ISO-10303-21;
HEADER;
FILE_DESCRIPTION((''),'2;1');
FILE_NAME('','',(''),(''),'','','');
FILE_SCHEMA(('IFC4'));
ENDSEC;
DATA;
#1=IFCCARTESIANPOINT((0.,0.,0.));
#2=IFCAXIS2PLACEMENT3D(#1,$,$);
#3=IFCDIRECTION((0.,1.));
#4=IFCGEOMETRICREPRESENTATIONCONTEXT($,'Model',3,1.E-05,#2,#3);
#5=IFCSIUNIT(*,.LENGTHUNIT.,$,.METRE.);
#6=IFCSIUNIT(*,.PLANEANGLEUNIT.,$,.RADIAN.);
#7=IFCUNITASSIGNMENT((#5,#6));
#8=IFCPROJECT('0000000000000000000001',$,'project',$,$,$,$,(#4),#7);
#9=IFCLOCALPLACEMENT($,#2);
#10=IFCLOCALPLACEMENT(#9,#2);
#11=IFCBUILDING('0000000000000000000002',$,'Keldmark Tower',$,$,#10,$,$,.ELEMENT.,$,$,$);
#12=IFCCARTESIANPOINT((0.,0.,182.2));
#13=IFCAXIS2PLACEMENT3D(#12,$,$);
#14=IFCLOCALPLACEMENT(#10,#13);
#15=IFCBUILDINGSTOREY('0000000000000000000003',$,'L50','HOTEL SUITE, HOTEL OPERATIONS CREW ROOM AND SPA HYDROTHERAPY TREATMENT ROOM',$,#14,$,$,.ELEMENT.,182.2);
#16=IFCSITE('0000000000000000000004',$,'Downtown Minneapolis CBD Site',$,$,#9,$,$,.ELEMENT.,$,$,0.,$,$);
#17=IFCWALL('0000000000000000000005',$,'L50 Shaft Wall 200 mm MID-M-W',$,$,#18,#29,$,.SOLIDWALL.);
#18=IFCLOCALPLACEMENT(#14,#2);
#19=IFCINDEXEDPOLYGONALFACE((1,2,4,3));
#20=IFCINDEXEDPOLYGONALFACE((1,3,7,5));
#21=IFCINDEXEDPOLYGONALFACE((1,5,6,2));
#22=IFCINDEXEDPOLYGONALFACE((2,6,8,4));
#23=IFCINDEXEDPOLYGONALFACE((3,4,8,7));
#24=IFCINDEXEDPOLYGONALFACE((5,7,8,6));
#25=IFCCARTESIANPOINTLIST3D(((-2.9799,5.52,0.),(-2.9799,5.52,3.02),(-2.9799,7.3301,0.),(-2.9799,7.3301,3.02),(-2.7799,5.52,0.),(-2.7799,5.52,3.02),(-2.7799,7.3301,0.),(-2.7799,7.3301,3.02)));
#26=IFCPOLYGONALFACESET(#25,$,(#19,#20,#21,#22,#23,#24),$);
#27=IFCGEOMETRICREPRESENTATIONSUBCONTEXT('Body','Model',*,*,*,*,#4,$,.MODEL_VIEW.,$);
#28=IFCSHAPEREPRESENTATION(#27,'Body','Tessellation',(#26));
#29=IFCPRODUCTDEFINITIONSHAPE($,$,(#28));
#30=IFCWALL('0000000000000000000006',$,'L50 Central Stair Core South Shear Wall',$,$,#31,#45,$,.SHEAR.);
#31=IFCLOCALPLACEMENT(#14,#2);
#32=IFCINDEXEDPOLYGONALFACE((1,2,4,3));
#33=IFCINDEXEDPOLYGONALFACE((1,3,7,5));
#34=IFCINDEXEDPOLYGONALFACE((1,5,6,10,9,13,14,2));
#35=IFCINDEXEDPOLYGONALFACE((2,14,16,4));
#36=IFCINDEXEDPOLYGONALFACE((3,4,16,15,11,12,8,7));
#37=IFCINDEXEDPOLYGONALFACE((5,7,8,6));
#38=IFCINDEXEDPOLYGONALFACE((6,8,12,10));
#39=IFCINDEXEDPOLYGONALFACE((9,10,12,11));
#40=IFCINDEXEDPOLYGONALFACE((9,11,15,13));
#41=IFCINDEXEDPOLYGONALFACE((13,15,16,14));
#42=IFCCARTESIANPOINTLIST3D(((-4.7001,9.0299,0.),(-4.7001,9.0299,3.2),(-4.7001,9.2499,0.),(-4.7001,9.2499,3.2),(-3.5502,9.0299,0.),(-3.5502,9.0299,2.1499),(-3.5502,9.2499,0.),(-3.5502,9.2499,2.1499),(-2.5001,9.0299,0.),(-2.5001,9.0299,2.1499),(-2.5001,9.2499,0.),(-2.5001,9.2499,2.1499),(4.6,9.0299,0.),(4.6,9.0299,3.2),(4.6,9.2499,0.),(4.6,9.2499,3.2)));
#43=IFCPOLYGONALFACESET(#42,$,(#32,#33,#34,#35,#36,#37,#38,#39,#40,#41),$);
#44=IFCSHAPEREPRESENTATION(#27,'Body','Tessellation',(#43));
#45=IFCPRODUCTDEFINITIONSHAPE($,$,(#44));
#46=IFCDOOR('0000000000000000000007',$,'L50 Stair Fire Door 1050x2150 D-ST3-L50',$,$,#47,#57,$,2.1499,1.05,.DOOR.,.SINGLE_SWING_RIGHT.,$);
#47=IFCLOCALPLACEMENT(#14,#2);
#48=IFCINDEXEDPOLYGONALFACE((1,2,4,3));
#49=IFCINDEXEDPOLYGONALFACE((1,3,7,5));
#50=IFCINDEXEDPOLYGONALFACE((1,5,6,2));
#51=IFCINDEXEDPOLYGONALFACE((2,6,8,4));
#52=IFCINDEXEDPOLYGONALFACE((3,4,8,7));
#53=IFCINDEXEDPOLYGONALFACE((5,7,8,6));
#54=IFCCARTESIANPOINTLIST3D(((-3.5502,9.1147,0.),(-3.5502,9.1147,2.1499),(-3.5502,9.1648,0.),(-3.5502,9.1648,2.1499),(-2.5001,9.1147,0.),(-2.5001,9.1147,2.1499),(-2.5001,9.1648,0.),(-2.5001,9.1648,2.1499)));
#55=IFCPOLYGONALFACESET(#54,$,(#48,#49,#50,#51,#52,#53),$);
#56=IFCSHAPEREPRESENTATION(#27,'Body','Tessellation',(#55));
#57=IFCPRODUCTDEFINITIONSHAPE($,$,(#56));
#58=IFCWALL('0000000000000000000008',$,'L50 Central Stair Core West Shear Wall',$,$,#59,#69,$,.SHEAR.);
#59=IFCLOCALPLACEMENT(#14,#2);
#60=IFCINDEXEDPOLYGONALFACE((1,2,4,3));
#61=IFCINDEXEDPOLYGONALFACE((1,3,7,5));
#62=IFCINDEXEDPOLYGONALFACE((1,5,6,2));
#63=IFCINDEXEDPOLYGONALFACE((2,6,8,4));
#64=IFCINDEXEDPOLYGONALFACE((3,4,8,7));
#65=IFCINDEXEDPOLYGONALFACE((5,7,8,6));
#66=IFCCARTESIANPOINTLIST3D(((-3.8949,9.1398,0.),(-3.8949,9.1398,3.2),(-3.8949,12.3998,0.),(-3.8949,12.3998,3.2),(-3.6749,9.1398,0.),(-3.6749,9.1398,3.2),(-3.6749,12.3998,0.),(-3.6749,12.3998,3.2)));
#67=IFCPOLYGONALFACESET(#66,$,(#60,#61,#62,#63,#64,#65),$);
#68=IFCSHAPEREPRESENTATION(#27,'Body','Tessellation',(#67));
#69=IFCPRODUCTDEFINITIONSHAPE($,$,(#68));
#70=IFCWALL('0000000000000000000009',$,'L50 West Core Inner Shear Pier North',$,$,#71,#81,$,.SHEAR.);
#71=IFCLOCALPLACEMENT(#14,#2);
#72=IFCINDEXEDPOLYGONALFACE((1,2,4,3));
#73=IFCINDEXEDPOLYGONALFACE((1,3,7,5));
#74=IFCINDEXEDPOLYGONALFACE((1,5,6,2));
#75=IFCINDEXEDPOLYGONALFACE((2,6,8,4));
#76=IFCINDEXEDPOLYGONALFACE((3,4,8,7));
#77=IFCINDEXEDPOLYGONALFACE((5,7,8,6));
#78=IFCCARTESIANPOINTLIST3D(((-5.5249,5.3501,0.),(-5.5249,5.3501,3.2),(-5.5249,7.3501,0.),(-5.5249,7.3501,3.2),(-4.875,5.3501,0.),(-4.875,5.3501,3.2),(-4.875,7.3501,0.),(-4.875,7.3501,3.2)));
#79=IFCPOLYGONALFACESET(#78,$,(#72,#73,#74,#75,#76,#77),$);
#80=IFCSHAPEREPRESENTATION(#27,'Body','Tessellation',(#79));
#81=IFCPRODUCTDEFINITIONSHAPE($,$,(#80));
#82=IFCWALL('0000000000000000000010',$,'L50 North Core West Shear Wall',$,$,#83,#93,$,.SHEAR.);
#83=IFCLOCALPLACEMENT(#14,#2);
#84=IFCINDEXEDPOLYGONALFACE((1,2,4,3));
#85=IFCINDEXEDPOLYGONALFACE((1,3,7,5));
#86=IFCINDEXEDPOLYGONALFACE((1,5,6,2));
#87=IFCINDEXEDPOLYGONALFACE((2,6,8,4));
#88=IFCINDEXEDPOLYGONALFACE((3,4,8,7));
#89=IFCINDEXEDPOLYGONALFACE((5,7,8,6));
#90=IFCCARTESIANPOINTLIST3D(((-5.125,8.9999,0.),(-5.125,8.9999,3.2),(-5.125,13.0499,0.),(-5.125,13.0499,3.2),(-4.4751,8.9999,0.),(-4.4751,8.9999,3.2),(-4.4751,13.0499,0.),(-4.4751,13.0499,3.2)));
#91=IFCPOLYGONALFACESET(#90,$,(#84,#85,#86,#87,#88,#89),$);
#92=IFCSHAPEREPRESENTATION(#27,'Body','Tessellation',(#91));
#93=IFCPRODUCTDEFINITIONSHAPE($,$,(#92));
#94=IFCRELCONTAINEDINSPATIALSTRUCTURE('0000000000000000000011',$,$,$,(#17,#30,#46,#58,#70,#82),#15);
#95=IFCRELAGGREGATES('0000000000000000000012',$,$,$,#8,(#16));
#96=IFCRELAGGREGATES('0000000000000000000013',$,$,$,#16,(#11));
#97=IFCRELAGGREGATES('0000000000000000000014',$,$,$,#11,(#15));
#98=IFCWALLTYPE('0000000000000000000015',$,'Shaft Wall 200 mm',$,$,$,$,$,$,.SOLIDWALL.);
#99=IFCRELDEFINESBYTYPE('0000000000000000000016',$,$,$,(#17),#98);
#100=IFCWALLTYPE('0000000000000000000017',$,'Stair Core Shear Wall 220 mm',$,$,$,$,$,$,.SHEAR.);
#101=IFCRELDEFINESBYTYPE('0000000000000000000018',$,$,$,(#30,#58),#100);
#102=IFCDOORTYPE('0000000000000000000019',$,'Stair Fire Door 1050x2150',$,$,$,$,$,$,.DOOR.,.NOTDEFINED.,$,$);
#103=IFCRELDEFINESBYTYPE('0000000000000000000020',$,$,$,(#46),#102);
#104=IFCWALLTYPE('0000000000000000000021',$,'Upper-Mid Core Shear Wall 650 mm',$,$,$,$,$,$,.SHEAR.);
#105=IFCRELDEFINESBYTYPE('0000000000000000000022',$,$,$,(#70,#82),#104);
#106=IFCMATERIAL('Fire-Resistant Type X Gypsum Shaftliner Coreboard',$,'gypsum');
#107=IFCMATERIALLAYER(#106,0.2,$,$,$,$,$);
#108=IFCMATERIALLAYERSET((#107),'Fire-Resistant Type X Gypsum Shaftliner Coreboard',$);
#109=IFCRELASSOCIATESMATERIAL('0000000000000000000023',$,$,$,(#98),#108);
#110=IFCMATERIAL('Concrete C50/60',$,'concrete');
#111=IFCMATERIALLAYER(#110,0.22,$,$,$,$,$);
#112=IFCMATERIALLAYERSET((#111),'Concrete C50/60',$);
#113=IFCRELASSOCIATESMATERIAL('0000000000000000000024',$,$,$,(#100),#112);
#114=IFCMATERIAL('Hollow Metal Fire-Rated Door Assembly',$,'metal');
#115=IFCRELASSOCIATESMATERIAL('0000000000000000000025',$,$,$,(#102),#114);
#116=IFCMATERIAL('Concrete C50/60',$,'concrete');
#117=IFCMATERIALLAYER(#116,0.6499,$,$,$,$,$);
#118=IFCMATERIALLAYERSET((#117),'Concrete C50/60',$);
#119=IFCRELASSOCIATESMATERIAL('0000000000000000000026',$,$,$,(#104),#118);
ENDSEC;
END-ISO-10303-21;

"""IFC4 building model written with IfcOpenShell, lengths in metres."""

from ifc_helpers import new_model, si_unit, direction, frame, frame_2d, origin, place, context, subcontext, project, spatial, rectangle, extrude, material, layer, layer_set, type_object, element, fill, save


model = new_model("IFC4")

# Units and contexts
model_context = context("Model", 3, precision=1e-05, world=origin(), true_north=direction((0.0, 1.0)))
body_context = subcontext(model_context, "Body", "Model", "MODEL_VIEW")
ifc_project = project(units=[si_unit("LENGTHUNIT", "METRE"), si_unit("PLANEANGLEUNIT", "RADIAN")], contexts=[model_context])

# Site, building, storey
site_placement = place(None, origin())
site = spatial("IfcSite", under=ifc_project, at=site_placement, Name="Downtown Minneapolis CBD Site", CompositionType="ELEMENT", RefElevation=0.0)
building_placement = place(site_placement, origin())
building = spatial("IfcBuilding", under=site, at=building_placement, Name="Keldmark Tower", CompositionType="ELEMENT")
storey_placement = place(building_placement, frame((0.0, 0.0, 182.2)))
storey = spatial("IfcBuildingStorey", under=building, at=storey_placement, Name="L50", Description="HOTEL SUITE, HOTEL OPERATIONS CREW ROOM AND SPA HYDROTHERAPY TREATMENT ROOM", CompositionType="ELEMENT", Elevation=182.2)

# Shared definitions
ifc_material_1 = material(Name="Fire-Resistant Type X Gypsum Shaftliner Coreboard", Category="gypsum")
ifc_layer_1 = layer(ifc_material_1, 0.2)
ifc_layer_set_1 = layer_set([ifc_layer_1], Name="Fire-Resistant Type X Gypsum Shaftliner Coreboard")
wall_type_1 = type_object("IfcWallType", Name="Shaft Wall 200 mm", PredefinedType="SOLIDWALL", material=ifc_layer_set_1)

# Wall
wall_1_placement = place(storey_placement, frame((-2.8799, 5.52, 0.0), z_axis=(0.0, 0.0, 1.0), x_axis=(0.0, 1.0, 0.0)))
element("IfcWall", 1, at=wall_1_placement, inside=storey, type_object=wall_type_1, Name="L50 Shaft Wall 200 mm MID-M-W", PredefinedType="SOLIDWALL", context=body_context, shape_type="SweptSolid", body=[
    extrude(rectangle(XDim=1.8101, YDim=0.2, at=frame_2d((0.905, 0.0))), origin(), (0.0, 0.0, 1.0), 3.02),
])

# Wall, opening, door
ifc_material_2 = material(Name="Concrete C50/60", Category="concrete")
ifc_layer_2 = layer(ifc_material_2, 0.22)
ifc_layer_set_2 = layer_set([ifc_layer_2], Name="Concrete C50/60")
wall_type_2 = type_object("IfcWallType", Name="Stair Core Shear Wall 220 mm", PredefinedType="SHEAR", material=ifc_layer_set_2)
wall_2_placement = place(storey_placement, frame((-4.7, 9.1399, 0.0), z_axis=(0.0, 0.0, 1.0), x_axis=(1.0, 0.0, 0.0)))
wall_2 = element("IfcWall", 2, at=wall_2_placement, inside=storey, type_object=wall_type_2, Name="L50 Central Stair Core South Shear Wall", PredefinedType="SHEAR", context=body_context, shape_type="SweptSolid", body=[
    extrude(rectangle(XDim=9.3, YDim=0.22, at=frame_2d((4.6499, 0.0))), origin(), (0.0, 0.0, 1.0), 3.2),
])
opening_1_placement = place(wall_2_placement, frame((1.1499, 0.0, 0.0)))
opening_1 = element("IfcOpeningElement", 3, at=opening_1_placement, cuts=wall_2, PredefinedType="OPENING", context=body_context, shape_type="SweptSolid", body=[
    extrude(rectangle(XDim=1.05, YDim=2.1499, at=frame_2d((0.5249, 1.075))), frame((0.0, 0.1199, 0.0), z_axis=(0.0, -1.0, 0.0), x_axis=(1.0, 0.0, 0.0)), (0.0, 0.0, 1.0), 0.24),
])
ifc_material_3 = material(Name="Hollow Metal Fire-Rated Door Assembly", Category="metal")
door_type_1 = type_object("IfcDoorType", Name="Stair Fire Door 1050x2150", OperationType="NOTDEFINED", PredefinedType="DOOR", material=ifc_material_3)
door_1_placement = place(opening_1_placement, origin())
door_1 = element("IfcDoor", 4, at=door_1_placement, inside=storey, type_object=door_type_1, Name="L50 Stair Fire Door 1050x2150 D-ST3-L50", OperationType="SINGLE_SWING_RIGHT", OverallHeight=2.1499, OverallWidth=1.05, PredefinedType="DOOR", context=body_context, shape_type="SweptSolid", body=[
    extrude(rectangle(XDim=1.05, YDim=2.1499, at=frame_2d((0.5249, 1.075))), frame((0.0, 0.0249, 0.0), z_axis=(0.0, -1.0, 0.0), x_axis=(1.0, 0.0, 0.0)), (0.0, 0.0, 1.0), 0.05),
])
fill(opening_1, door_1)

# Wall
wall_3_placement = place(storey_placement, frame((-3.7849, 9.1399, 0.0), z_axis=(0.0, 0.0, 1.0), x_axis=(0.0, 1.0, 0.0)))
element("IfcWall", 5, at=wall_3_placement, inside=storey, type_object=wall_type_2, Name="L50 Central Stair Core West Shear Wall", PredefinedType="SHEAR", context=body_context, shape_type="SweptSolid", body=[
    extrude(rectangle(XDim=3.26, YDim=0.22, at=frame_2d((1.6299, 0.0))), origin(), (0.0, 0.0, 1.0), 3.2),
])

# Shared definitions
ifc_material_4 = material(Name="Concrete C50/60", Category="concrete")
ifc_layer_3 = layer(ifc_material_4, 0.6499)
ifc_layer_set_3 = layer_set([ifc_layer_3], Name="Concrete C50/60")
wall_type_3 = type_object("IfcWallType", Name="Upper-Mid Core Shear Wall 650 mm", PredefinedType="SHEAR", material=ifc_layer_set_3)

# Walls
wall_4_placement = place(storey_placement, frame((-5.2, 5.3501, 0.0), z_axis=(0.0, 0.0, 1.0), x_axis=(0.0, 1.0, 0.0)))
element("IfcWall", 6, at=wall_4_placement, inside=storey, type_object=wall_type_3, Name="L50 West Core Inner Shear Pier North", PredefinedType="SHEAR", context=body_context, shape_type="SweptSolid", body=[
    extrude(rectangle(XDim=2.0, YDim=0.6499, at=frame_2d((1.0, 0.0))), origin(), (0.0, 0.0, 1.0), 3.2),
])
wall_5_placement = place(storey_placement, frame((-4.8, 9.0, 0.0), z_axis=(0.0, 0.0, 1.0), x_axis=(0.0, 1.0, 0.0)))
element("IfcWall", 7, at=wall_5_placement, inside=storey, type_object=wall_type_3, Name="L50 North Core West Shear Wall", PredefinedType="SHEAR", context=body_context, shape_type="SweptSolid", body=[
    extrude(rectangle(XDim=4.05, YDim=0.6499, at=frame_2d((2.0249, 0.0))), origin(), (0.0, 0.0, 1.0), 3.2),
])

save(model, "model.ifc")
